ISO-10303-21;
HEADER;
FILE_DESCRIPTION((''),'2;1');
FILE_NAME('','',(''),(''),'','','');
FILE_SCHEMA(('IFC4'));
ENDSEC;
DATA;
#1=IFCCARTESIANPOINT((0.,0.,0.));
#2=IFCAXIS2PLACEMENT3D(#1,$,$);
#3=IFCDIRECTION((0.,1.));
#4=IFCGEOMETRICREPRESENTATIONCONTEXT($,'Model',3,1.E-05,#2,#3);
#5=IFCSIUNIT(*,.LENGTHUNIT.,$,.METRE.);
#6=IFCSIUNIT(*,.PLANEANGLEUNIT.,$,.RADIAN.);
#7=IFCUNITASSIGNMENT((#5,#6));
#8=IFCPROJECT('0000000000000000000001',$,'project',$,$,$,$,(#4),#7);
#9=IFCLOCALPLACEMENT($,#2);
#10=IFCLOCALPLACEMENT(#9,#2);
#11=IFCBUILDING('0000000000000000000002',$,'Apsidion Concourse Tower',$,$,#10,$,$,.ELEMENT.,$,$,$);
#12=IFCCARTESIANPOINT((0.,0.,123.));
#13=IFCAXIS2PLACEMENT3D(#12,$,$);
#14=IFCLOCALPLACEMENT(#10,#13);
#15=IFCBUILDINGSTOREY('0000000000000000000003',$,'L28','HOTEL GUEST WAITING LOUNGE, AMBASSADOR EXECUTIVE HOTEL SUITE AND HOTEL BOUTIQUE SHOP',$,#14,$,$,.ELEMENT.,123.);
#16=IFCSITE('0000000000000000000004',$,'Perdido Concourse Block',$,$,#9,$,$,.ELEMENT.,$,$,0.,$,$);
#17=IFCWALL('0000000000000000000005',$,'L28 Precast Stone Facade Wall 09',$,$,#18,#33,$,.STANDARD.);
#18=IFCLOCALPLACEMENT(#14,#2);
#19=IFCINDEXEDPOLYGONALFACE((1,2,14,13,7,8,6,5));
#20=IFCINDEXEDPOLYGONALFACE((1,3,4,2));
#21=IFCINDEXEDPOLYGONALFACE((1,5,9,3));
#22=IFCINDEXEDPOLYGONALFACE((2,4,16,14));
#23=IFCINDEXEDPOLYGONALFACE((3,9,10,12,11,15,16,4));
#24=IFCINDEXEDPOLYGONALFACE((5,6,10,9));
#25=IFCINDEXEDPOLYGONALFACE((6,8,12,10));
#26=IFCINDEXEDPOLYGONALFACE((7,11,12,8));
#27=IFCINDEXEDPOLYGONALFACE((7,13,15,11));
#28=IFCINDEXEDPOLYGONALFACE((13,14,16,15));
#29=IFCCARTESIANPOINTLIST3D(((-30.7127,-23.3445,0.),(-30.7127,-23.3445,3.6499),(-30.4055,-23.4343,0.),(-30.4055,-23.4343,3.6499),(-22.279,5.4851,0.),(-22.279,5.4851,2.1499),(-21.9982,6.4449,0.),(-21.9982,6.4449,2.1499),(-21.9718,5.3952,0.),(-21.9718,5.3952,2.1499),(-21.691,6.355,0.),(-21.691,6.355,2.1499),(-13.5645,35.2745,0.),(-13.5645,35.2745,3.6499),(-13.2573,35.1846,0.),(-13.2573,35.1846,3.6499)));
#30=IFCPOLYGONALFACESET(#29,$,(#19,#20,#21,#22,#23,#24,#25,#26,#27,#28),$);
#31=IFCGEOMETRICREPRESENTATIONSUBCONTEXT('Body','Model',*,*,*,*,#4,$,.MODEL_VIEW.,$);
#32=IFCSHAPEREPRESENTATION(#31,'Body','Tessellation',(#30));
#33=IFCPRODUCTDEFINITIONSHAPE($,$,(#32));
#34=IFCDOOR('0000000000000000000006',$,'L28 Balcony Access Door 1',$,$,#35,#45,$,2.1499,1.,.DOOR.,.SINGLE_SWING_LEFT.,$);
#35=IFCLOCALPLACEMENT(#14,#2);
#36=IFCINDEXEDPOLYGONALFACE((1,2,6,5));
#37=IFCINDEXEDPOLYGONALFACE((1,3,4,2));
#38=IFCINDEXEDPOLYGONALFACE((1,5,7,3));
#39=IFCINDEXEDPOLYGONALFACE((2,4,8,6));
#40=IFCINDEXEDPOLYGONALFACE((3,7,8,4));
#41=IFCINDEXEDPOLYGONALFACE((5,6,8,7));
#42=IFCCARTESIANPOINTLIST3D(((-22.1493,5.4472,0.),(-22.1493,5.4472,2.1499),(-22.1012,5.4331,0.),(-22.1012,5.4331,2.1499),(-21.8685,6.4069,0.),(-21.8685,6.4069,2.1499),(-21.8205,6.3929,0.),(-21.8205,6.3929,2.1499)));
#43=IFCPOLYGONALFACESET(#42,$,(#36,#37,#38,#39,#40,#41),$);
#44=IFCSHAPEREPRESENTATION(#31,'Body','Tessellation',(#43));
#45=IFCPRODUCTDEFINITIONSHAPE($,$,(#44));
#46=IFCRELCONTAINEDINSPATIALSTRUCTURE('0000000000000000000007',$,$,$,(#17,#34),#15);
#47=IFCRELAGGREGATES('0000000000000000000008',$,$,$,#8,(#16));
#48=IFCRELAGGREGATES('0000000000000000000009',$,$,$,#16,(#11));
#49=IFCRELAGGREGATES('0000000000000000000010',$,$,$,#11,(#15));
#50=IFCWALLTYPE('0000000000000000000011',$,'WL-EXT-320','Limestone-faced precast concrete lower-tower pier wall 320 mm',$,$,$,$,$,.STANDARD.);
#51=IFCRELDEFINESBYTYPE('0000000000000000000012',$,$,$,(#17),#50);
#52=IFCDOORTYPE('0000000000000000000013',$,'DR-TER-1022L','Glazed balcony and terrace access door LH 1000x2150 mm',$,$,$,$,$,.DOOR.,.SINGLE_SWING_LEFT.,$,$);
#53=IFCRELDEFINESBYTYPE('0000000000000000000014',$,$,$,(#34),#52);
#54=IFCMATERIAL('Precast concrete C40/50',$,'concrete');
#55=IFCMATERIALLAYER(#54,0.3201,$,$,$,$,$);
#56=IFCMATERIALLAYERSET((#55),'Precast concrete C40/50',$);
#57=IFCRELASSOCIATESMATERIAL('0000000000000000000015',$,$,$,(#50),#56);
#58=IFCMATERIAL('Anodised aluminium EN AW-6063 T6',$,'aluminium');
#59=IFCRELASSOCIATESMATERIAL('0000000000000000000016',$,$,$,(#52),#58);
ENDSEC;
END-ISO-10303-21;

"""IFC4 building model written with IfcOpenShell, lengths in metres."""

from ifc_helpers import new_model, si_unit, direction, frame, frame_2d, origin, place, context, subcontext, project, spatial, rectangle, extrude, material, layer, layer_set, type_object, element, fill, save


model = new_model("IFC4")

# Units and contexts
model_context = context("Model", 3, precision=1e-05, world=origin(), true_north=direction((0.0, 1.0)))
body_context = subcontext(model_context, "Body", "Model", "MODEL_VIEW")
ifc_project = project(units=[si_unit("LENGTHUNIT", "METRE"), si_unit("PLANEANGLEUNIT", "RADIAN")], contexts=[model_context])

# Site, building, storey
site_placement = place(None, origin())
site = spatial("IfcSite", under=ifc_project, at=site_placement, Name="Perdido Concourse Block", CompositionType="ELEMENT", RefElevation=0.0)
building_placement = place(site_placement, origin())
building = spatial("IfcBuilding", under=site, at=building_placement, Name="Apsidion Concourse Tower", CompositionType="ELEMENT")
storey_placement = place(building_placement, frame((0.0, 0.0, 123.0)))
storey = spatial("IfcBuildingStorey", under=building, at=storey_placement, Name="L28", Description="HOTEL GUEST WAITING LOUNGE, AMBASSADOR EXECUTIVE HOTEL SUITE AND HOTEL BOUTIQUE SHOP", CompositionType="ELEMENT", Elevation=123.0)

# Shared definitions
ifc_material_1 = material(Name="Precast concrete C40/50", Category="concrete")
ifc_layer_1 = layer(ifc_material_1, 0.3201)
ifc_layer_set_1 = layer_set([ifc_layer_1], Name="Precast concrete C40/50")
wall_type = type_object("IfcWallType", Name="WL-EXT-320", Description="Limestone-faced precast concrete lower-tower pier wall 320 mm", PredefinedType="STANDARD", material=ifc_layer_set_1)

# Wall, opening, door
wall_1_placement = place(storey_placement, frame((-30.5591, -23.3894, 0.0), z_axis=(0.0, 0.0, 1.0), x_axis=(0.28077, 0.959775, 0.0)))
wall_1 = element("IfcWall", 1, at=wall_1_placement, inside=storey, type_object=wall_type, Name="L28 Precast Stone Facade Wall 09", PredefinedType="STANDARD", context=body_context, shape_type="SweptSolid", body=[
    extrude(rectangle(XDim=61.0757, YDim=0.3201, at=frame_2d((30.5378, 0.0))), origin(), (0.0, 0.0, 1.0), 3.6499),
])
opening_placement = place(wall_1_placement, frame((30.0378, 0.0, 0.0)))
opening = element("IfcOpeningElement", 2, at=opening_placement, cuts=wall_1, PredefinedType="OPENING", context=body_context, shape_type="SweptSolid", body=[
    extrude(rectangle(XDim=1.0, YDim=2.1499, at=frame_2d((0.5, 1.075))), frame((0.0, 0.1699, 0.0), z_axis=(0.0, -1.0, 0.0), x_axis=(1.0, 0.0, 0.0)), (0.0, 0.0, 1.0), 0.3401),
])
ifc_material_2 = material(Name="Anodised aluminium EN AW-6063 T6", Category="aluminium")
door_type = type_object("IfcDoorType", Name="DR-TER-1022L", Description="Glazed balcony and terrace access door LH 1000x2150 mm", OperationType="SINGLE_SWING_LEFT", PredefinedType="DOOR", material=ifc_material_2)
door_placement = place(opening_placement, origin())
door = element("IfcDoor", 3, at=door_placement, inside=storey, type_object=door_type, Name="L28 Balcony Access Door 1", OperationType="SINGLE_SWING_LEFT", OverallHeight=2.1499, OverallWidth=1.0, PredefinedType="DOOR", context=body_context, shape_type="SweptSolid", body=[
    extrude(rectangle(XDim=1.0, YDim=2.1499, at=frame_2d((0.5, 1.075))), frame((0.0, 0.0249, 0.0), z_axis=(0.0, -1.0, 0.0), x_axis=(1.0, 0.0, 0.0)), (0.0, 0.0, 1.0), 0.05),
])
fill(opening, door)

save(model, "model.ifc")
